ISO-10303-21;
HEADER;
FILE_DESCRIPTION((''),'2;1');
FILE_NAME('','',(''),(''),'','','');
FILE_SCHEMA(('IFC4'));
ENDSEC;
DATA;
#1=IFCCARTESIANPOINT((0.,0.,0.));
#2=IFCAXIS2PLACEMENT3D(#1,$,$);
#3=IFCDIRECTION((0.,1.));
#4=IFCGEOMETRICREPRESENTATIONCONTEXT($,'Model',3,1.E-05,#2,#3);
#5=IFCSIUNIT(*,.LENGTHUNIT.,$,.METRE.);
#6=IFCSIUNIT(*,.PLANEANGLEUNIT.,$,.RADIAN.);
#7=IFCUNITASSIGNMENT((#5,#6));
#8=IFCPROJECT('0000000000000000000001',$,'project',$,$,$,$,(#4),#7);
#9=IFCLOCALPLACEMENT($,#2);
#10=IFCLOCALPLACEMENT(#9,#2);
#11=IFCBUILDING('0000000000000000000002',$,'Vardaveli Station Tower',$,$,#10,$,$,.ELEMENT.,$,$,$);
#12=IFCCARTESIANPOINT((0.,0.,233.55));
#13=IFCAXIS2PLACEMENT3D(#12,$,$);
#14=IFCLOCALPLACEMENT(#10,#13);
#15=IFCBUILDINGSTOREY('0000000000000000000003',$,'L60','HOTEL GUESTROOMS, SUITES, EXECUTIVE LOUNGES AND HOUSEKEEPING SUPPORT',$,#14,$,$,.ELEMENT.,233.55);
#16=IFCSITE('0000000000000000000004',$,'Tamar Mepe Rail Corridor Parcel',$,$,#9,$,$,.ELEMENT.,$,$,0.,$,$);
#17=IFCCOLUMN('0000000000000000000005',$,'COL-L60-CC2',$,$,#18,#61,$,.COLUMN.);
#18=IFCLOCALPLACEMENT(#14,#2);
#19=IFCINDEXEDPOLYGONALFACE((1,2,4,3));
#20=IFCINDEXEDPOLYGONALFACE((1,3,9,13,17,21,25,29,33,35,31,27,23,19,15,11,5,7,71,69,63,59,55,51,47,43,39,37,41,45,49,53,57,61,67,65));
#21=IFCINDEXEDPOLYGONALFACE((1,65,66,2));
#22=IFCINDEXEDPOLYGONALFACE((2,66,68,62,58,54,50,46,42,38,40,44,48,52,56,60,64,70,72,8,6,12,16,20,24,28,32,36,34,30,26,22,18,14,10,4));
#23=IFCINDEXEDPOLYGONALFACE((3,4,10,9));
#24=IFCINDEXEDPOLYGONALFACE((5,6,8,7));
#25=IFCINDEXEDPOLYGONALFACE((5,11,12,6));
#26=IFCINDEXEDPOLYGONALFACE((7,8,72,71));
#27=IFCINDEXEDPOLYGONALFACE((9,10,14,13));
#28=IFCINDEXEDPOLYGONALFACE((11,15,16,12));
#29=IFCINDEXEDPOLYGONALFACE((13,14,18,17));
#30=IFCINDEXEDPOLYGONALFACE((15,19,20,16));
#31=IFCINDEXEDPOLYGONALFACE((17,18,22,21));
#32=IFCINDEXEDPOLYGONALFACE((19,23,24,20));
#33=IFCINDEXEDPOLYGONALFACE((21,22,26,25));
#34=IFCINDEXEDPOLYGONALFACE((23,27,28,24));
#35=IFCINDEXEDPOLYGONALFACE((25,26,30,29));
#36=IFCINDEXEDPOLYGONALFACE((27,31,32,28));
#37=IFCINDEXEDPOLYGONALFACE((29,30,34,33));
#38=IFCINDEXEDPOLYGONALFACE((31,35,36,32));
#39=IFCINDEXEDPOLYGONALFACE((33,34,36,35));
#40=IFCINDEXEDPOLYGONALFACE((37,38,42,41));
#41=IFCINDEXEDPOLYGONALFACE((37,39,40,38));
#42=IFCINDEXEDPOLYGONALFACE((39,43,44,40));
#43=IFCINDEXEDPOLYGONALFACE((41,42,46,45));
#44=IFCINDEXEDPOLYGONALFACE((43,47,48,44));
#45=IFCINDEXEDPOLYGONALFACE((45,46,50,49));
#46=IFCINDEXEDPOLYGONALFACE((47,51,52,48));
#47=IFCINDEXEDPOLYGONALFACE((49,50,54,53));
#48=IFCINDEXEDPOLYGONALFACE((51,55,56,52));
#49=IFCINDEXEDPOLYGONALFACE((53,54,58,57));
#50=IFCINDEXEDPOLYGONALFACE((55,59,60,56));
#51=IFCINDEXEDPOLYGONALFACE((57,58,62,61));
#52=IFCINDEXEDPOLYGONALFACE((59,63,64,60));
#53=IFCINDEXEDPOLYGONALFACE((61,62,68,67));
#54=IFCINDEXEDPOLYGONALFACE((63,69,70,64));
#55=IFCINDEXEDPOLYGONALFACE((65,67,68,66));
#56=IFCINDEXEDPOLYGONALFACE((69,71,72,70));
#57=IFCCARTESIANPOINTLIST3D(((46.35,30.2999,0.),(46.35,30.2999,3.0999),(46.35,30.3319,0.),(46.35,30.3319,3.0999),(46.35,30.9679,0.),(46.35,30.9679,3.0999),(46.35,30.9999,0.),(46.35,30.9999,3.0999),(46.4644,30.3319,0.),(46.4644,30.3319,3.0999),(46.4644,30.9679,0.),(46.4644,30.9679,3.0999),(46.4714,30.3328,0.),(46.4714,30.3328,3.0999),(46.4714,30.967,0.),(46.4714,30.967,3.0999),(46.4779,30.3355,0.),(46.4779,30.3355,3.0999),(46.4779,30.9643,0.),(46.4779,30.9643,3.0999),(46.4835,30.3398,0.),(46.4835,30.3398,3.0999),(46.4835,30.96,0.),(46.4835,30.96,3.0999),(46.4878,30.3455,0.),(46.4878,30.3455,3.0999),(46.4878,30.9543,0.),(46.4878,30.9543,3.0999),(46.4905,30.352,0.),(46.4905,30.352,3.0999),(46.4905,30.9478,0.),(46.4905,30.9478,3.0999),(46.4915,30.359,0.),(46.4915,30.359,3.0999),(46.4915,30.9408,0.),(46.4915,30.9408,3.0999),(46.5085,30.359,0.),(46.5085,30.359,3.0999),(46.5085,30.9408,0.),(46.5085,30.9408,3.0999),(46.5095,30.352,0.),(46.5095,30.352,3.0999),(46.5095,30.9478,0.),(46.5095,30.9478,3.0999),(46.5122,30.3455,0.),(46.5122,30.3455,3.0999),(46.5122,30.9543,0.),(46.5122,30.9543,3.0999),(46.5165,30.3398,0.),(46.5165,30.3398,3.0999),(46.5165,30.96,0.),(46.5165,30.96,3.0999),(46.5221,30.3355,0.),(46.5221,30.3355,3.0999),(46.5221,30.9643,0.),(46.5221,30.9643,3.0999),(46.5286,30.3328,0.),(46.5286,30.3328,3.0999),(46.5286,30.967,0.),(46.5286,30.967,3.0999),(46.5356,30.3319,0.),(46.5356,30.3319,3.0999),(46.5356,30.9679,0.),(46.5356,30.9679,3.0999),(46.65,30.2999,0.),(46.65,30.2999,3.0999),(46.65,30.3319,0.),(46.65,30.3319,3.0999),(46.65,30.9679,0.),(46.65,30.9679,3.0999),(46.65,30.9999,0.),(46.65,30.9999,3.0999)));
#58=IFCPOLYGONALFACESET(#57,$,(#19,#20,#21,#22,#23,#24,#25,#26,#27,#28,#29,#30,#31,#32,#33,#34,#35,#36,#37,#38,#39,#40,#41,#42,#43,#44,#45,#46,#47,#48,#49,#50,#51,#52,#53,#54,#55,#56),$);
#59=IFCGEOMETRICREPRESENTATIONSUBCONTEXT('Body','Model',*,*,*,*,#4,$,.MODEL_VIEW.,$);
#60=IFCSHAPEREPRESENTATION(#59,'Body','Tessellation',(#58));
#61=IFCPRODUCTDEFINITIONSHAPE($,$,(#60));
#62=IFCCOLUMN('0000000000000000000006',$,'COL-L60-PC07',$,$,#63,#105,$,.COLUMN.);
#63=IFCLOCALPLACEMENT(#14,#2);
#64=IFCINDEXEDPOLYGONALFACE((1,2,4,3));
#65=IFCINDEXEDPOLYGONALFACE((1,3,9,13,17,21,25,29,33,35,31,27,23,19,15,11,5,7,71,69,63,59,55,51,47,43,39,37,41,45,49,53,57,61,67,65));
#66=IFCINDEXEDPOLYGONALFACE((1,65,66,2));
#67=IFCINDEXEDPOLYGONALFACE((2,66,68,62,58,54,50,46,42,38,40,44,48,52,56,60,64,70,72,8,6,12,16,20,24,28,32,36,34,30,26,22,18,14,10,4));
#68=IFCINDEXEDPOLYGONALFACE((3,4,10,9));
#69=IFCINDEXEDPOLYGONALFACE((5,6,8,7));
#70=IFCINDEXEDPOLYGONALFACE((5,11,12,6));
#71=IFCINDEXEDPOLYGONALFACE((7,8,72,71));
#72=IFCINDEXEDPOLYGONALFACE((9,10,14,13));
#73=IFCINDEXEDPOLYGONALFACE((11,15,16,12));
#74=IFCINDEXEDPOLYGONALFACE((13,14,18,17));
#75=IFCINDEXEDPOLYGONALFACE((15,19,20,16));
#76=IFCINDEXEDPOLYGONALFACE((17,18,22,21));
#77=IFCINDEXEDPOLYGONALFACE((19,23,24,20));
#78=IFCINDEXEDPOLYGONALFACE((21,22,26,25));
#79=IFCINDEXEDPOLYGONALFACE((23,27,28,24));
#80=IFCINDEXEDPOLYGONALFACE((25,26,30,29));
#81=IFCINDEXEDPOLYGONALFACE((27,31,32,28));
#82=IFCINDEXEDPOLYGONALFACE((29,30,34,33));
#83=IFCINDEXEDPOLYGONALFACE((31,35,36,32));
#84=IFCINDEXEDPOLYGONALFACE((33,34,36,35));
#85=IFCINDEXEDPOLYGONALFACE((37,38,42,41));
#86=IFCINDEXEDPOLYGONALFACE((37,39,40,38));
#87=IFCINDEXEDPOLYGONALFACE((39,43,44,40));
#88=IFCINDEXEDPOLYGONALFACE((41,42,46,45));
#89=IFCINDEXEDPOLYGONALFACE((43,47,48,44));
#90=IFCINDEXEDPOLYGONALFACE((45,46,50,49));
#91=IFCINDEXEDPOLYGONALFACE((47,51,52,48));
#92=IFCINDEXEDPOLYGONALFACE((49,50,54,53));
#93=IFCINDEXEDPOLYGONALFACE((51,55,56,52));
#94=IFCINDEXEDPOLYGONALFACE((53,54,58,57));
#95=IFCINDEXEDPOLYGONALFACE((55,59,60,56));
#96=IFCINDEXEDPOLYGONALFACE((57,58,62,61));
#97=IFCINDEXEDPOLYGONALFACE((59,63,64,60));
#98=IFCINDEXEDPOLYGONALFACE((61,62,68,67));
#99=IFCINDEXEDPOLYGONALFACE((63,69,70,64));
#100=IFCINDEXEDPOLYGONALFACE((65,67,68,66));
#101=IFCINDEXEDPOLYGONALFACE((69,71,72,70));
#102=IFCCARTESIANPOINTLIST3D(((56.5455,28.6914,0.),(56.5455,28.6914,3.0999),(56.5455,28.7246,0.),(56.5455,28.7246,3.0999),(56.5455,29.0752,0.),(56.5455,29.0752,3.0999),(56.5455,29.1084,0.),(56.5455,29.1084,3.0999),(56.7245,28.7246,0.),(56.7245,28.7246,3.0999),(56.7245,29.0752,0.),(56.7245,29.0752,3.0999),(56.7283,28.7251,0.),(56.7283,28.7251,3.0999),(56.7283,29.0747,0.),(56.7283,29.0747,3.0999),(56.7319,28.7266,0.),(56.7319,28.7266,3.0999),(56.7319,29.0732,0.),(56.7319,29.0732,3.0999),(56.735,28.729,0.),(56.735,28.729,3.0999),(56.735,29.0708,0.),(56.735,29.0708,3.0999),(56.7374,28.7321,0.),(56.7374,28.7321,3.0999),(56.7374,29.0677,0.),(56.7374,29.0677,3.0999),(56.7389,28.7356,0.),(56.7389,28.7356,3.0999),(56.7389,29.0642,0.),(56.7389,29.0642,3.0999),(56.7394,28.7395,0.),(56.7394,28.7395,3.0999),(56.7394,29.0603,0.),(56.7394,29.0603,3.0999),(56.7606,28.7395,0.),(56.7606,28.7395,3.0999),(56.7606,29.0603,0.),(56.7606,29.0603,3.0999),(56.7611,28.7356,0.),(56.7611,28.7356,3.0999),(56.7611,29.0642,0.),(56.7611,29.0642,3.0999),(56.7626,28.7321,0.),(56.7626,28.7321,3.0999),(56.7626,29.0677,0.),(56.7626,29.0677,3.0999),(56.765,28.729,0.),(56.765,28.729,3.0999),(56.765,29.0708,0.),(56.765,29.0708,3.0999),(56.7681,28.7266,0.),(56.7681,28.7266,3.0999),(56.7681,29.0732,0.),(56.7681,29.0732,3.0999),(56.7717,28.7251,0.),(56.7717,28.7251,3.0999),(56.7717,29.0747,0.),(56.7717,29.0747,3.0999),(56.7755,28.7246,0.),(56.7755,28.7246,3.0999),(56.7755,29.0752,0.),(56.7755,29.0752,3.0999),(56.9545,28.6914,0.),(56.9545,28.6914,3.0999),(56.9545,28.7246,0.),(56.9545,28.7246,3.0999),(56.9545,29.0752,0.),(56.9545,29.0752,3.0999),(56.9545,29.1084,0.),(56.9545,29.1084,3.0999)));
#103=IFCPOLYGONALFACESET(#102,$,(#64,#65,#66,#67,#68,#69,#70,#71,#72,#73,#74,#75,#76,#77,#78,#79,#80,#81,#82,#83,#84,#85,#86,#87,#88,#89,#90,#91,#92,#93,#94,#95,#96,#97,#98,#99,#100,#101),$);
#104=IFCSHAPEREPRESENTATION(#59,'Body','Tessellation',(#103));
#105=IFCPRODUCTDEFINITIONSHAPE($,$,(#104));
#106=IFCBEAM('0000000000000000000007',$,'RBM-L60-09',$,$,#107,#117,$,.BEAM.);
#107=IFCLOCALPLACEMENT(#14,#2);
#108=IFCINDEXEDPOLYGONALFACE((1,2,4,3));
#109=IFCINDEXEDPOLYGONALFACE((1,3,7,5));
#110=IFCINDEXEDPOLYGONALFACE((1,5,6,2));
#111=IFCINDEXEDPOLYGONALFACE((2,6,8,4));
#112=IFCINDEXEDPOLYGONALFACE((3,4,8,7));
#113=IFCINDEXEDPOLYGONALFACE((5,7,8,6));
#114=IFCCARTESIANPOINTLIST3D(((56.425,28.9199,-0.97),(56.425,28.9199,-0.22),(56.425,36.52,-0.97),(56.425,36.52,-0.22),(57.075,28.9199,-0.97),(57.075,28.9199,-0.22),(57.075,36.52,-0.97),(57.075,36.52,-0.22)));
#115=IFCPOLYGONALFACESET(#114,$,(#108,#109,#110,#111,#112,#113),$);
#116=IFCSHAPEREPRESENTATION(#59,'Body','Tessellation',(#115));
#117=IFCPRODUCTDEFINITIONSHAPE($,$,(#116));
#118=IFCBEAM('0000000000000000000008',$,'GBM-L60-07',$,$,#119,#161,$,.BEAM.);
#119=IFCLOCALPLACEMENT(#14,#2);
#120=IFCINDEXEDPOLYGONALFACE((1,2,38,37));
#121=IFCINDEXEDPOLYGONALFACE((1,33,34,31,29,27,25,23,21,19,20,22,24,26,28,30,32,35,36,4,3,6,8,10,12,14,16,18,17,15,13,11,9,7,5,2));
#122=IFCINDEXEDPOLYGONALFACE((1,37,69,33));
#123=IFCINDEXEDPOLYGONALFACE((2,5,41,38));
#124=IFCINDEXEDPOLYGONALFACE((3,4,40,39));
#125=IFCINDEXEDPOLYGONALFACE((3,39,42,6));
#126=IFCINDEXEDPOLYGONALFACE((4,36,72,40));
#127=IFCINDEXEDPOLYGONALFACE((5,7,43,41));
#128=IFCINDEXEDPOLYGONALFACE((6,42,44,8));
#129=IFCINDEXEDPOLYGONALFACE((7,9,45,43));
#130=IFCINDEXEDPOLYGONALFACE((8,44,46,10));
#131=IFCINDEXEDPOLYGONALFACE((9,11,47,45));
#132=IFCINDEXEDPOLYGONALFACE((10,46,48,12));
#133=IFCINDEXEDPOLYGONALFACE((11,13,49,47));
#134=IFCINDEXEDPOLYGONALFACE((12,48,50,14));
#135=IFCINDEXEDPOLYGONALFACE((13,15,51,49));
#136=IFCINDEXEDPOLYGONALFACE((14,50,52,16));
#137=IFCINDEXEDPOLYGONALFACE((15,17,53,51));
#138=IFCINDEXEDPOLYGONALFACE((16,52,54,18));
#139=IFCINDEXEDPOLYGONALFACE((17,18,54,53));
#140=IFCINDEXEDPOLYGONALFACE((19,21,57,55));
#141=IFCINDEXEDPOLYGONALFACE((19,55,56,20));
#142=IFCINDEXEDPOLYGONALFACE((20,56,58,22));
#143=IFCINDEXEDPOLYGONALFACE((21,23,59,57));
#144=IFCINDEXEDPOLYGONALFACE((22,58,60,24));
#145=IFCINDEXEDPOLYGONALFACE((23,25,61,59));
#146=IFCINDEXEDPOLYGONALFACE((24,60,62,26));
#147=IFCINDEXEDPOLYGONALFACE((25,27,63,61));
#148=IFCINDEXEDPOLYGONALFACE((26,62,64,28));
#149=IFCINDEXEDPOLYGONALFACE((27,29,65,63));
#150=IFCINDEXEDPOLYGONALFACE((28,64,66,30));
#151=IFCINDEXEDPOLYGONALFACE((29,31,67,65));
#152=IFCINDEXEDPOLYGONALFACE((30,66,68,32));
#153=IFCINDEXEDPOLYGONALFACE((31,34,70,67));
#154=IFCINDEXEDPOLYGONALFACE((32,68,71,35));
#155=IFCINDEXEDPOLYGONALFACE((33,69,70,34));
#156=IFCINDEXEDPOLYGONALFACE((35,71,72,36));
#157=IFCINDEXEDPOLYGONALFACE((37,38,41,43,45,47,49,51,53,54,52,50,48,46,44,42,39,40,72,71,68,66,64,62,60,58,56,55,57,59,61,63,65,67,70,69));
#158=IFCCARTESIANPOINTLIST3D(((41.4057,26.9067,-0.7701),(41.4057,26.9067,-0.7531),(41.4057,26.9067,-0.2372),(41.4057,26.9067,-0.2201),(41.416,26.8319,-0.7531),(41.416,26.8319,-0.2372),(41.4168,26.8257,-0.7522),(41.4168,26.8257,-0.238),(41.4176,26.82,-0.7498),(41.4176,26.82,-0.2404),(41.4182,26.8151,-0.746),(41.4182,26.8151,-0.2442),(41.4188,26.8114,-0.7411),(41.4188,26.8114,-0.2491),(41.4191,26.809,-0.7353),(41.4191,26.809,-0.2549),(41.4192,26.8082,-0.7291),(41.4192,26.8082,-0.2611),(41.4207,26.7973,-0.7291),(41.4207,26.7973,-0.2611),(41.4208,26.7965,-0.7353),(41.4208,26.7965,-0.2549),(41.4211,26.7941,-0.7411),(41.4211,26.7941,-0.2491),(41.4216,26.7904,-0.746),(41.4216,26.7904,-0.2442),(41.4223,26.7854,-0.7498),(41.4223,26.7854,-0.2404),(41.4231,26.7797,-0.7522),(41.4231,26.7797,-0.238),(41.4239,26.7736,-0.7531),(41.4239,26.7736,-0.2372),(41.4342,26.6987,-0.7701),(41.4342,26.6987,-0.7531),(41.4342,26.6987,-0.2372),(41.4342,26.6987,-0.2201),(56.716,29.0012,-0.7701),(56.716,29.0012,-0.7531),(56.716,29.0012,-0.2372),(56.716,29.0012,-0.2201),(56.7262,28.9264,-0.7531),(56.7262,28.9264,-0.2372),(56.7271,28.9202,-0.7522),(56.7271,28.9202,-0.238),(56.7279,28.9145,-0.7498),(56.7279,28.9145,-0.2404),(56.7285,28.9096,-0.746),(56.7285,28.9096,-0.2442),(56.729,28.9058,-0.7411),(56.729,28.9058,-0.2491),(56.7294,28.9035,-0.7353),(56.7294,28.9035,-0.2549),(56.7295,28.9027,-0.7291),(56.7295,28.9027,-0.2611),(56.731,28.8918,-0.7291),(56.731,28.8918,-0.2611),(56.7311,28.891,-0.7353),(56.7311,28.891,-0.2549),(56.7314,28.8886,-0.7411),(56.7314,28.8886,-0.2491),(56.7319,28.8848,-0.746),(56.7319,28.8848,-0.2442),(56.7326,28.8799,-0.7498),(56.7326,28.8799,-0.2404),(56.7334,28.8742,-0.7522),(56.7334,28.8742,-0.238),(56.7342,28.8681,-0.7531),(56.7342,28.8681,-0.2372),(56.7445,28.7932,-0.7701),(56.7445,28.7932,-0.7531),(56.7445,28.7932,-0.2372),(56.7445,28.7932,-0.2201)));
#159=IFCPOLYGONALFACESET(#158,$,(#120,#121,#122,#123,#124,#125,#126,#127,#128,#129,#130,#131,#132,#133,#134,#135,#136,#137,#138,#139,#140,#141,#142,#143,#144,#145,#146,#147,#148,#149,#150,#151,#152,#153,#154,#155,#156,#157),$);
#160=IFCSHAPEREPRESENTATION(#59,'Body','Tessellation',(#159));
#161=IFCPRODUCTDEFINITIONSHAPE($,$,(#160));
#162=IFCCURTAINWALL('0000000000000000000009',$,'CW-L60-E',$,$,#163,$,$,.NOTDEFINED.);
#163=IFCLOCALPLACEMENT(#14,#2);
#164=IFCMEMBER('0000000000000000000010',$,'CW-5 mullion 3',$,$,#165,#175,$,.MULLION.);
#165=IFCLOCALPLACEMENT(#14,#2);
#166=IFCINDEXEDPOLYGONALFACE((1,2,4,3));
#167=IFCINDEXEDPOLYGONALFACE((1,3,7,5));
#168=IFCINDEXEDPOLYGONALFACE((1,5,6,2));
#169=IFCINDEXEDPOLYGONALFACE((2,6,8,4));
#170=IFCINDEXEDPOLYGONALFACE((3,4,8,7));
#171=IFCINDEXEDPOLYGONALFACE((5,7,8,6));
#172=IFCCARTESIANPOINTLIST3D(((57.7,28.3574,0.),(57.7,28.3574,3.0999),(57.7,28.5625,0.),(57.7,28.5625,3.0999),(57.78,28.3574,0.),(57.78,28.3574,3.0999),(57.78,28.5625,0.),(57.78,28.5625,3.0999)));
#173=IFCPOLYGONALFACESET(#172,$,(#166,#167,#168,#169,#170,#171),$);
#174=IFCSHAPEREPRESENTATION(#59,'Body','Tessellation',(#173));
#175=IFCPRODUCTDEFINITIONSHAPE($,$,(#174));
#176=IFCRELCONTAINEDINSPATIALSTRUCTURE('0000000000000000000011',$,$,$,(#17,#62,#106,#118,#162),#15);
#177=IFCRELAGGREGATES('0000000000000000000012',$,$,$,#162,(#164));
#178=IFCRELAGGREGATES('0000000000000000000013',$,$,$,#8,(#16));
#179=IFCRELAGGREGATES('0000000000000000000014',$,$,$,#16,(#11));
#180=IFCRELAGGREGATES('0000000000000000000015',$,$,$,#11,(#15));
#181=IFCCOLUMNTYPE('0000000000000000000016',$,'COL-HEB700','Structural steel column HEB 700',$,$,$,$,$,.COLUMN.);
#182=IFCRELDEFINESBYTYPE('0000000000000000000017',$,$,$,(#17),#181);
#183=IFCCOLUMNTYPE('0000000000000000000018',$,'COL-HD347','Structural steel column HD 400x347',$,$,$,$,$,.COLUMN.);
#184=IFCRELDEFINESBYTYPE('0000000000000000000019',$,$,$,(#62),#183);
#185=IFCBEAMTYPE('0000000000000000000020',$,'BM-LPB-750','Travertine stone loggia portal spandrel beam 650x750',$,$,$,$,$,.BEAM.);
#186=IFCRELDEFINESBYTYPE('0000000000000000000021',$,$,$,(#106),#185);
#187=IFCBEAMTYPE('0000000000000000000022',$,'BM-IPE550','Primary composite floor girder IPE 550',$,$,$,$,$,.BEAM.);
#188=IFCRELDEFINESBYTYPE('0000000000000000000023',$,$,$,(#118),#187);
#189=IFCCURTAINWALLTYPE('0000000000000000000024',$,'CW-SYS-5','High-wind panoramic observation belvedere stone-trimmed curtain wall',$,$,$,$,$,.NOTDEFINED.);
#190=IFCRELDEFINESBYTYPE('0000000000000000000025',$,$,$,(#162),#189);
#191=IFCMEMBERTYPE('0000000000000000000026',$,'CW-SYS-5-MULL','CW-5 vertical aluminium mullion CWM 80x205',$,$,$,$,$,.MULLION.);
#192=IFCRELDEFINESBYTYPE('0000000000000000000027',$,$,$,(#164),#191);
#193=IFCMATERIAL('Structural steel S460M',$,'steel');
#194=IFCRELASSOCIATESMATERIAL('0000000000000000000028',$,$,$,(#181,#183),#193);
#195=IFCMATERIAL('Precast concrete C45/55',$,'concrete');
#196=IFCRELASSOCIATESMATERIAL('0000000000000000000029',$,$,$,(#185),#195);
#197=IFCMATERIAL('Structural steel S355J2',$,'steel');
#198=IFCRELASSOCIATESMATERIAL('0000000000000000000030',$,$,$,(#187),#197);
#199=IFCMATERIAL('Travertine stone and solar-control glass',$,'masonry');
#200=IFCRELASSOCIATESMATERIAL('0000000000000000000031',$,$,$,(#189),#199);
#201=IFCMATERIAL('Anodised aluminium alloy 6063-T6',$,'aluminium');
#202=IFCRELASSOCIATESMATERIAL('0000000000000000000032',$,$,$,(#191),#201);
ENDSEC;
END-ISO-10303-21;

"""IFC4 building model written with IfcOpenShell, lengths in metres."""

from ifc_helpers import new_model, si_unit, direction, frame, origin, origin_2d, place, context, subcontext, project, spatial, rectangle, i_section, extrude, source, transform, mapped, material, material_profile, profile_set, type_object, element, aggregate, save


model = new_model("IFC4")

# Units and contexts
model_context = context("Model", 3, precision=1e-05, world=origin(), true_north=direction((0.0, 1.0)))
body_context = subcontext(model_context, "Body", "Model", "MODEL_VIEW")
ifc_project = project(units=[si_unit("LENGTHUNIT", "METRE"), si_unit("PLANEANGLEUNIT", "RADIAN")], contexts=[model_context])

# Site, building, storey
site_placement = place(None, origin())
site = spatial("IfcSite", under=ifc_project, at=site_placement, Name="Tamar Mepe Rail Corridor Parcel", CompositionType="ELEMENT", RefElevation=0.0)
building_placement = place(site_placement, origin())
building = spatial("IfcBuilding", under=site, at=building_placement, Name="Vardaveli Station Tower", CompositionType="ELEMENT")
storey_placement = place(building_placement, frame((0.0, 0.0, 233.55)))
storey = spatial("IfcBuildingStorey", under=building, at=storey_placement, Name="L60", Description="HOTEL GUESTROOMS, SUITES, EXECUTIVE LOUNGES AND HOUSEKEEPING SUPPORT", CompositionType="ELEMENT", Elevation=233.55)

# Columns
ifc_material_1 = material(Name="Structural steel S460M", Category="steel")
ifc_material_profile_1 = material_profile(ifc_material_1, i_section(OverallWidth=0.3, OverallDepth=0.7, WebThickness=0.0171, FlangeThickness=0.032, FilletRadius=0.0271, at=origin_2d()), Name="HEB 700")
ifc_profile_set_1 = profile_set([ifc_material_profile_1], Name="Structural steel S460M")
column_type_1 = type_object("IfcColumnType", Name="COL-HEB700", Description="Structural steel column HEB 700", PredefinedType="COLUMN", material=ifc_profile_set_1)
shared_shape_1 = source(origin(), body_context, "Body", "SweptSolid", [
    extrude(i_section(OverallWidth=0.3, OverallDepth=0.7, WebThickness=0.0171, FlangeThickness=0.032, FilletRadius=0.0271, at=origin_2d()), origin(), (0.0, 0.0, 1.0), 3.0999),
])
column_1_placement = place(storey_placement, frame((46.5, 30.6499, 0.0), z_axis=(0.0, 0.0, 1.0), x_axis=(1.0, 0.0, 0.0)))
element("IfcColumn", 1, at=column_1_placement, inside=storey, type_object=column_type_1, Name="COL-L60-CC2", PredefinedType="COLUMN", context=body_context, shape_type="MappedRepresentation", body=[
    mapped(shared_shape_1, transform((0.0, 0.0, 0.0), scale=1.0)),
])
ifc_material_profile_2 = material_profile(ifc_material_1, i_section(OverallWidth=0.4089, OverallDepth=0.417, WebThickness=0.0212, FlangeThickness=0.0332, FilletRadius=0.0149, at=origin_2d()), Name="HD 400x347")
ifc_profile_set_2 = profile_set([ifc_material_profile_2], Name="Structural steel S460M")
column_type_2 = type_object("IfcColumnType", Name="COL-HD347", Description="Structural steel column HD 400x347", PredefinedType="COLUMN", material=ifc_profile_set_2)
shared_shape_2 = source(origin(), body_context, "Body", "SweptSolid", [
    extrude(i_section(OverallWidth=0.4089, OverallDepth=0.417, WebThickness=0.0212, FlangeThickness=0.0332, FilletRadius=0.0149, at=origin_2d()), origin(), (0.0, 0.0, 1.0), 3.0999),
])
column_2_placement = place(storey_placement, frame((56.75, 28.8999, 0.0), z_axis=(0.0, 0.0, 1.0), x_axis=(1.0, 0.0, 0.0)))
element("IfcColumn", 2, at=column_2_placement, inside=storey, type_object=column_type_2, Name="COL-L60-PC07", PredefinedType="COLUMN", context=body_context, shape_type="MappedRepresentation", body=[
    mapped(shared_shape_2, transform((0.0, 0.0, 0.0), scale=1.0)),
])

# Beams
ifc_material_2 = material(Name="Precast concrete C45/55", Category="concrete")
ifc_material_profile_3 = material_profile(ifc_material_2, rectangle(XDim=0.6499, YDim=0.75, at=origin_2d()), Name="LPB 650x750")
ifc_profile_set_3 = profile_set([ifc_material_profile_3], Name="Precast concrete C45/55")
beam_type_1 = type_object("IfcBeamType", Name="BM-LPB-750", Description="Travertine stone loggia portal spandrel beam 650x750", PredefinedType="BEAM", material=ifc_profile_set_3)
shared_shape_3 = source(origin(), body_context, "Body", "SweptSolid", [
    extrude(rectangle(XDim=0.6499, YDim=0.75, at=origin_2d()), origin(), (0.0, 0.0, 1.0), 7.6001),
])
beam_1_placement = place(storey_placement, frame((56.75, 28.9199, -0.595), z_axis=(0.0, 1.0, 0.0), x_axis=(-1.0, 0.0, 0.0)))
element("IfcBeam", 3, at=beam_1_placement, inside=storey, type_object=beam_type_1, Name="RBM-L60-09", PredefinedType="BEAM", context=body_context, shape_type="MappedRepresentation", body=[
    mapped(shared_shape_3, transform((0.0, 0.0, 0.0), scale=1.0)),
])
ifc_material_3 = material(Name="Structural steel S355J2", Category="steel")
ifc_material_profile_4 = material_profile(ifc_material_3, i_section(OverallWidth=0.21, OverallDepth=0.55, WebThickness=0.011, FlangeThickness=0.0171, FilletRadius=0.0239, at=origin_2d()), Name="IPE 550")
ifc_profile_set_4 = profile_set([ifc_material_profile_4], Name="Structural steel S355J2")
beam_type_2 = type_object("IfcBeamType", Name="BM-IPE550", Description="Primary composite floor girder IPE 550", PredefinedType="BEAM", material=ifc_profile_set_4)
shared_shape_4 = source(origin(), body_context, "Body", "SweptSolid", [
    extrude(i_section(OverallWidth=0.21, OverallDepth=0.55, WebThickness=0.011, FlangeThickness=0.0171, FilletRadius=0.0239, at=origin_2d()), origin(), (0.0, 0.0, 1.0), 15.4529),
])
beam_2_placement = place(storey_placement, frame((56.7302, 28.8972, -0.4951), z_axis=(-0.990772, -0.13554, 0.0), x_axis=(0.13554, -0.990772, 0.0)))
element("IfcBeam", 4, at=beam_2_placement, inside=storey, type_object=beam_type_2, Name="GBM-L60-07", PredefinedType="BEAM", context=body_context, shape_type="MappedRepresentation", body=[
    mapped(shared_shape_4, transform((0.0, 0.0, 0.0), scale=1.0)),
])

# Curtain wall, member
ifc_material_4 = material(Name="Travertine stone and solar-control glass", Category="masonry")
curtain_wall_type = type_object("IfcCurtainWallType", Name="CW-SYS-5", Description="High-wind panoramic observation belvedere stone-trimmed curtain wall", PredefinedType="NOTDEFINED", material=ifc_material_4)
curtain_wall_placement = place(storey_placement, origin())
curtain_wall = element("IfcCurtainWall", 5, at=curtain_wall_placement, inside=storey, type_object=curtain_wall_type, Name="CW-L60-E", PredefinedType="NOTDEFINED")
ifc_material_5 = material(Name="Anodised aluminium alloy 6063-T6", Category="aluminium")
ifc_material_profile_5 = material_profile(ifc_material_5, rectangle(XDim=0.0801, YDim=0.2051, at=origin_2d()), Name="CWM 80x205")
ifc_profile_set_5 = profile_set([ifc_material_profile_5], Name="Anodised aluminium alloy 6063-T6")
member_type = type_object("IfcMemberType", Name="CW-SYS-5-MULL", Description="CW-5 vertical aluminium mullion CWM 80x205", PredefinedType="MULLION", material=ifc_profile_set_5)
shared_shape_5 = source(origin(), body_context, "Body", "SweptSolid", [
    extrude(rectangle(XDim=0.0801, YDim=0.2051, at=origin_2d()), origin(), (0.0, 0.0, 1.0), 3.0999),
])
member_placement = place(storey_placement, frame((57.74, 28.46, 0.0), z_axis=(0.0, 0.0, 1.0), x_axis=(-1.0, 0.0, 0.0)))
member = element("IfcMember", 6, at=member_placement, type_object=member_type, Name="CW-5 mullion 3", PredefinedType="MULLION", context=body_context, shape_type="MappedRepresentation", body=[
    mapped(shared_shape_5, transform((0.0, 0.0, 0.0), scale=1.0)),
])
aggregate(curtain_wall, [member])

save(model, "model.ifc")
